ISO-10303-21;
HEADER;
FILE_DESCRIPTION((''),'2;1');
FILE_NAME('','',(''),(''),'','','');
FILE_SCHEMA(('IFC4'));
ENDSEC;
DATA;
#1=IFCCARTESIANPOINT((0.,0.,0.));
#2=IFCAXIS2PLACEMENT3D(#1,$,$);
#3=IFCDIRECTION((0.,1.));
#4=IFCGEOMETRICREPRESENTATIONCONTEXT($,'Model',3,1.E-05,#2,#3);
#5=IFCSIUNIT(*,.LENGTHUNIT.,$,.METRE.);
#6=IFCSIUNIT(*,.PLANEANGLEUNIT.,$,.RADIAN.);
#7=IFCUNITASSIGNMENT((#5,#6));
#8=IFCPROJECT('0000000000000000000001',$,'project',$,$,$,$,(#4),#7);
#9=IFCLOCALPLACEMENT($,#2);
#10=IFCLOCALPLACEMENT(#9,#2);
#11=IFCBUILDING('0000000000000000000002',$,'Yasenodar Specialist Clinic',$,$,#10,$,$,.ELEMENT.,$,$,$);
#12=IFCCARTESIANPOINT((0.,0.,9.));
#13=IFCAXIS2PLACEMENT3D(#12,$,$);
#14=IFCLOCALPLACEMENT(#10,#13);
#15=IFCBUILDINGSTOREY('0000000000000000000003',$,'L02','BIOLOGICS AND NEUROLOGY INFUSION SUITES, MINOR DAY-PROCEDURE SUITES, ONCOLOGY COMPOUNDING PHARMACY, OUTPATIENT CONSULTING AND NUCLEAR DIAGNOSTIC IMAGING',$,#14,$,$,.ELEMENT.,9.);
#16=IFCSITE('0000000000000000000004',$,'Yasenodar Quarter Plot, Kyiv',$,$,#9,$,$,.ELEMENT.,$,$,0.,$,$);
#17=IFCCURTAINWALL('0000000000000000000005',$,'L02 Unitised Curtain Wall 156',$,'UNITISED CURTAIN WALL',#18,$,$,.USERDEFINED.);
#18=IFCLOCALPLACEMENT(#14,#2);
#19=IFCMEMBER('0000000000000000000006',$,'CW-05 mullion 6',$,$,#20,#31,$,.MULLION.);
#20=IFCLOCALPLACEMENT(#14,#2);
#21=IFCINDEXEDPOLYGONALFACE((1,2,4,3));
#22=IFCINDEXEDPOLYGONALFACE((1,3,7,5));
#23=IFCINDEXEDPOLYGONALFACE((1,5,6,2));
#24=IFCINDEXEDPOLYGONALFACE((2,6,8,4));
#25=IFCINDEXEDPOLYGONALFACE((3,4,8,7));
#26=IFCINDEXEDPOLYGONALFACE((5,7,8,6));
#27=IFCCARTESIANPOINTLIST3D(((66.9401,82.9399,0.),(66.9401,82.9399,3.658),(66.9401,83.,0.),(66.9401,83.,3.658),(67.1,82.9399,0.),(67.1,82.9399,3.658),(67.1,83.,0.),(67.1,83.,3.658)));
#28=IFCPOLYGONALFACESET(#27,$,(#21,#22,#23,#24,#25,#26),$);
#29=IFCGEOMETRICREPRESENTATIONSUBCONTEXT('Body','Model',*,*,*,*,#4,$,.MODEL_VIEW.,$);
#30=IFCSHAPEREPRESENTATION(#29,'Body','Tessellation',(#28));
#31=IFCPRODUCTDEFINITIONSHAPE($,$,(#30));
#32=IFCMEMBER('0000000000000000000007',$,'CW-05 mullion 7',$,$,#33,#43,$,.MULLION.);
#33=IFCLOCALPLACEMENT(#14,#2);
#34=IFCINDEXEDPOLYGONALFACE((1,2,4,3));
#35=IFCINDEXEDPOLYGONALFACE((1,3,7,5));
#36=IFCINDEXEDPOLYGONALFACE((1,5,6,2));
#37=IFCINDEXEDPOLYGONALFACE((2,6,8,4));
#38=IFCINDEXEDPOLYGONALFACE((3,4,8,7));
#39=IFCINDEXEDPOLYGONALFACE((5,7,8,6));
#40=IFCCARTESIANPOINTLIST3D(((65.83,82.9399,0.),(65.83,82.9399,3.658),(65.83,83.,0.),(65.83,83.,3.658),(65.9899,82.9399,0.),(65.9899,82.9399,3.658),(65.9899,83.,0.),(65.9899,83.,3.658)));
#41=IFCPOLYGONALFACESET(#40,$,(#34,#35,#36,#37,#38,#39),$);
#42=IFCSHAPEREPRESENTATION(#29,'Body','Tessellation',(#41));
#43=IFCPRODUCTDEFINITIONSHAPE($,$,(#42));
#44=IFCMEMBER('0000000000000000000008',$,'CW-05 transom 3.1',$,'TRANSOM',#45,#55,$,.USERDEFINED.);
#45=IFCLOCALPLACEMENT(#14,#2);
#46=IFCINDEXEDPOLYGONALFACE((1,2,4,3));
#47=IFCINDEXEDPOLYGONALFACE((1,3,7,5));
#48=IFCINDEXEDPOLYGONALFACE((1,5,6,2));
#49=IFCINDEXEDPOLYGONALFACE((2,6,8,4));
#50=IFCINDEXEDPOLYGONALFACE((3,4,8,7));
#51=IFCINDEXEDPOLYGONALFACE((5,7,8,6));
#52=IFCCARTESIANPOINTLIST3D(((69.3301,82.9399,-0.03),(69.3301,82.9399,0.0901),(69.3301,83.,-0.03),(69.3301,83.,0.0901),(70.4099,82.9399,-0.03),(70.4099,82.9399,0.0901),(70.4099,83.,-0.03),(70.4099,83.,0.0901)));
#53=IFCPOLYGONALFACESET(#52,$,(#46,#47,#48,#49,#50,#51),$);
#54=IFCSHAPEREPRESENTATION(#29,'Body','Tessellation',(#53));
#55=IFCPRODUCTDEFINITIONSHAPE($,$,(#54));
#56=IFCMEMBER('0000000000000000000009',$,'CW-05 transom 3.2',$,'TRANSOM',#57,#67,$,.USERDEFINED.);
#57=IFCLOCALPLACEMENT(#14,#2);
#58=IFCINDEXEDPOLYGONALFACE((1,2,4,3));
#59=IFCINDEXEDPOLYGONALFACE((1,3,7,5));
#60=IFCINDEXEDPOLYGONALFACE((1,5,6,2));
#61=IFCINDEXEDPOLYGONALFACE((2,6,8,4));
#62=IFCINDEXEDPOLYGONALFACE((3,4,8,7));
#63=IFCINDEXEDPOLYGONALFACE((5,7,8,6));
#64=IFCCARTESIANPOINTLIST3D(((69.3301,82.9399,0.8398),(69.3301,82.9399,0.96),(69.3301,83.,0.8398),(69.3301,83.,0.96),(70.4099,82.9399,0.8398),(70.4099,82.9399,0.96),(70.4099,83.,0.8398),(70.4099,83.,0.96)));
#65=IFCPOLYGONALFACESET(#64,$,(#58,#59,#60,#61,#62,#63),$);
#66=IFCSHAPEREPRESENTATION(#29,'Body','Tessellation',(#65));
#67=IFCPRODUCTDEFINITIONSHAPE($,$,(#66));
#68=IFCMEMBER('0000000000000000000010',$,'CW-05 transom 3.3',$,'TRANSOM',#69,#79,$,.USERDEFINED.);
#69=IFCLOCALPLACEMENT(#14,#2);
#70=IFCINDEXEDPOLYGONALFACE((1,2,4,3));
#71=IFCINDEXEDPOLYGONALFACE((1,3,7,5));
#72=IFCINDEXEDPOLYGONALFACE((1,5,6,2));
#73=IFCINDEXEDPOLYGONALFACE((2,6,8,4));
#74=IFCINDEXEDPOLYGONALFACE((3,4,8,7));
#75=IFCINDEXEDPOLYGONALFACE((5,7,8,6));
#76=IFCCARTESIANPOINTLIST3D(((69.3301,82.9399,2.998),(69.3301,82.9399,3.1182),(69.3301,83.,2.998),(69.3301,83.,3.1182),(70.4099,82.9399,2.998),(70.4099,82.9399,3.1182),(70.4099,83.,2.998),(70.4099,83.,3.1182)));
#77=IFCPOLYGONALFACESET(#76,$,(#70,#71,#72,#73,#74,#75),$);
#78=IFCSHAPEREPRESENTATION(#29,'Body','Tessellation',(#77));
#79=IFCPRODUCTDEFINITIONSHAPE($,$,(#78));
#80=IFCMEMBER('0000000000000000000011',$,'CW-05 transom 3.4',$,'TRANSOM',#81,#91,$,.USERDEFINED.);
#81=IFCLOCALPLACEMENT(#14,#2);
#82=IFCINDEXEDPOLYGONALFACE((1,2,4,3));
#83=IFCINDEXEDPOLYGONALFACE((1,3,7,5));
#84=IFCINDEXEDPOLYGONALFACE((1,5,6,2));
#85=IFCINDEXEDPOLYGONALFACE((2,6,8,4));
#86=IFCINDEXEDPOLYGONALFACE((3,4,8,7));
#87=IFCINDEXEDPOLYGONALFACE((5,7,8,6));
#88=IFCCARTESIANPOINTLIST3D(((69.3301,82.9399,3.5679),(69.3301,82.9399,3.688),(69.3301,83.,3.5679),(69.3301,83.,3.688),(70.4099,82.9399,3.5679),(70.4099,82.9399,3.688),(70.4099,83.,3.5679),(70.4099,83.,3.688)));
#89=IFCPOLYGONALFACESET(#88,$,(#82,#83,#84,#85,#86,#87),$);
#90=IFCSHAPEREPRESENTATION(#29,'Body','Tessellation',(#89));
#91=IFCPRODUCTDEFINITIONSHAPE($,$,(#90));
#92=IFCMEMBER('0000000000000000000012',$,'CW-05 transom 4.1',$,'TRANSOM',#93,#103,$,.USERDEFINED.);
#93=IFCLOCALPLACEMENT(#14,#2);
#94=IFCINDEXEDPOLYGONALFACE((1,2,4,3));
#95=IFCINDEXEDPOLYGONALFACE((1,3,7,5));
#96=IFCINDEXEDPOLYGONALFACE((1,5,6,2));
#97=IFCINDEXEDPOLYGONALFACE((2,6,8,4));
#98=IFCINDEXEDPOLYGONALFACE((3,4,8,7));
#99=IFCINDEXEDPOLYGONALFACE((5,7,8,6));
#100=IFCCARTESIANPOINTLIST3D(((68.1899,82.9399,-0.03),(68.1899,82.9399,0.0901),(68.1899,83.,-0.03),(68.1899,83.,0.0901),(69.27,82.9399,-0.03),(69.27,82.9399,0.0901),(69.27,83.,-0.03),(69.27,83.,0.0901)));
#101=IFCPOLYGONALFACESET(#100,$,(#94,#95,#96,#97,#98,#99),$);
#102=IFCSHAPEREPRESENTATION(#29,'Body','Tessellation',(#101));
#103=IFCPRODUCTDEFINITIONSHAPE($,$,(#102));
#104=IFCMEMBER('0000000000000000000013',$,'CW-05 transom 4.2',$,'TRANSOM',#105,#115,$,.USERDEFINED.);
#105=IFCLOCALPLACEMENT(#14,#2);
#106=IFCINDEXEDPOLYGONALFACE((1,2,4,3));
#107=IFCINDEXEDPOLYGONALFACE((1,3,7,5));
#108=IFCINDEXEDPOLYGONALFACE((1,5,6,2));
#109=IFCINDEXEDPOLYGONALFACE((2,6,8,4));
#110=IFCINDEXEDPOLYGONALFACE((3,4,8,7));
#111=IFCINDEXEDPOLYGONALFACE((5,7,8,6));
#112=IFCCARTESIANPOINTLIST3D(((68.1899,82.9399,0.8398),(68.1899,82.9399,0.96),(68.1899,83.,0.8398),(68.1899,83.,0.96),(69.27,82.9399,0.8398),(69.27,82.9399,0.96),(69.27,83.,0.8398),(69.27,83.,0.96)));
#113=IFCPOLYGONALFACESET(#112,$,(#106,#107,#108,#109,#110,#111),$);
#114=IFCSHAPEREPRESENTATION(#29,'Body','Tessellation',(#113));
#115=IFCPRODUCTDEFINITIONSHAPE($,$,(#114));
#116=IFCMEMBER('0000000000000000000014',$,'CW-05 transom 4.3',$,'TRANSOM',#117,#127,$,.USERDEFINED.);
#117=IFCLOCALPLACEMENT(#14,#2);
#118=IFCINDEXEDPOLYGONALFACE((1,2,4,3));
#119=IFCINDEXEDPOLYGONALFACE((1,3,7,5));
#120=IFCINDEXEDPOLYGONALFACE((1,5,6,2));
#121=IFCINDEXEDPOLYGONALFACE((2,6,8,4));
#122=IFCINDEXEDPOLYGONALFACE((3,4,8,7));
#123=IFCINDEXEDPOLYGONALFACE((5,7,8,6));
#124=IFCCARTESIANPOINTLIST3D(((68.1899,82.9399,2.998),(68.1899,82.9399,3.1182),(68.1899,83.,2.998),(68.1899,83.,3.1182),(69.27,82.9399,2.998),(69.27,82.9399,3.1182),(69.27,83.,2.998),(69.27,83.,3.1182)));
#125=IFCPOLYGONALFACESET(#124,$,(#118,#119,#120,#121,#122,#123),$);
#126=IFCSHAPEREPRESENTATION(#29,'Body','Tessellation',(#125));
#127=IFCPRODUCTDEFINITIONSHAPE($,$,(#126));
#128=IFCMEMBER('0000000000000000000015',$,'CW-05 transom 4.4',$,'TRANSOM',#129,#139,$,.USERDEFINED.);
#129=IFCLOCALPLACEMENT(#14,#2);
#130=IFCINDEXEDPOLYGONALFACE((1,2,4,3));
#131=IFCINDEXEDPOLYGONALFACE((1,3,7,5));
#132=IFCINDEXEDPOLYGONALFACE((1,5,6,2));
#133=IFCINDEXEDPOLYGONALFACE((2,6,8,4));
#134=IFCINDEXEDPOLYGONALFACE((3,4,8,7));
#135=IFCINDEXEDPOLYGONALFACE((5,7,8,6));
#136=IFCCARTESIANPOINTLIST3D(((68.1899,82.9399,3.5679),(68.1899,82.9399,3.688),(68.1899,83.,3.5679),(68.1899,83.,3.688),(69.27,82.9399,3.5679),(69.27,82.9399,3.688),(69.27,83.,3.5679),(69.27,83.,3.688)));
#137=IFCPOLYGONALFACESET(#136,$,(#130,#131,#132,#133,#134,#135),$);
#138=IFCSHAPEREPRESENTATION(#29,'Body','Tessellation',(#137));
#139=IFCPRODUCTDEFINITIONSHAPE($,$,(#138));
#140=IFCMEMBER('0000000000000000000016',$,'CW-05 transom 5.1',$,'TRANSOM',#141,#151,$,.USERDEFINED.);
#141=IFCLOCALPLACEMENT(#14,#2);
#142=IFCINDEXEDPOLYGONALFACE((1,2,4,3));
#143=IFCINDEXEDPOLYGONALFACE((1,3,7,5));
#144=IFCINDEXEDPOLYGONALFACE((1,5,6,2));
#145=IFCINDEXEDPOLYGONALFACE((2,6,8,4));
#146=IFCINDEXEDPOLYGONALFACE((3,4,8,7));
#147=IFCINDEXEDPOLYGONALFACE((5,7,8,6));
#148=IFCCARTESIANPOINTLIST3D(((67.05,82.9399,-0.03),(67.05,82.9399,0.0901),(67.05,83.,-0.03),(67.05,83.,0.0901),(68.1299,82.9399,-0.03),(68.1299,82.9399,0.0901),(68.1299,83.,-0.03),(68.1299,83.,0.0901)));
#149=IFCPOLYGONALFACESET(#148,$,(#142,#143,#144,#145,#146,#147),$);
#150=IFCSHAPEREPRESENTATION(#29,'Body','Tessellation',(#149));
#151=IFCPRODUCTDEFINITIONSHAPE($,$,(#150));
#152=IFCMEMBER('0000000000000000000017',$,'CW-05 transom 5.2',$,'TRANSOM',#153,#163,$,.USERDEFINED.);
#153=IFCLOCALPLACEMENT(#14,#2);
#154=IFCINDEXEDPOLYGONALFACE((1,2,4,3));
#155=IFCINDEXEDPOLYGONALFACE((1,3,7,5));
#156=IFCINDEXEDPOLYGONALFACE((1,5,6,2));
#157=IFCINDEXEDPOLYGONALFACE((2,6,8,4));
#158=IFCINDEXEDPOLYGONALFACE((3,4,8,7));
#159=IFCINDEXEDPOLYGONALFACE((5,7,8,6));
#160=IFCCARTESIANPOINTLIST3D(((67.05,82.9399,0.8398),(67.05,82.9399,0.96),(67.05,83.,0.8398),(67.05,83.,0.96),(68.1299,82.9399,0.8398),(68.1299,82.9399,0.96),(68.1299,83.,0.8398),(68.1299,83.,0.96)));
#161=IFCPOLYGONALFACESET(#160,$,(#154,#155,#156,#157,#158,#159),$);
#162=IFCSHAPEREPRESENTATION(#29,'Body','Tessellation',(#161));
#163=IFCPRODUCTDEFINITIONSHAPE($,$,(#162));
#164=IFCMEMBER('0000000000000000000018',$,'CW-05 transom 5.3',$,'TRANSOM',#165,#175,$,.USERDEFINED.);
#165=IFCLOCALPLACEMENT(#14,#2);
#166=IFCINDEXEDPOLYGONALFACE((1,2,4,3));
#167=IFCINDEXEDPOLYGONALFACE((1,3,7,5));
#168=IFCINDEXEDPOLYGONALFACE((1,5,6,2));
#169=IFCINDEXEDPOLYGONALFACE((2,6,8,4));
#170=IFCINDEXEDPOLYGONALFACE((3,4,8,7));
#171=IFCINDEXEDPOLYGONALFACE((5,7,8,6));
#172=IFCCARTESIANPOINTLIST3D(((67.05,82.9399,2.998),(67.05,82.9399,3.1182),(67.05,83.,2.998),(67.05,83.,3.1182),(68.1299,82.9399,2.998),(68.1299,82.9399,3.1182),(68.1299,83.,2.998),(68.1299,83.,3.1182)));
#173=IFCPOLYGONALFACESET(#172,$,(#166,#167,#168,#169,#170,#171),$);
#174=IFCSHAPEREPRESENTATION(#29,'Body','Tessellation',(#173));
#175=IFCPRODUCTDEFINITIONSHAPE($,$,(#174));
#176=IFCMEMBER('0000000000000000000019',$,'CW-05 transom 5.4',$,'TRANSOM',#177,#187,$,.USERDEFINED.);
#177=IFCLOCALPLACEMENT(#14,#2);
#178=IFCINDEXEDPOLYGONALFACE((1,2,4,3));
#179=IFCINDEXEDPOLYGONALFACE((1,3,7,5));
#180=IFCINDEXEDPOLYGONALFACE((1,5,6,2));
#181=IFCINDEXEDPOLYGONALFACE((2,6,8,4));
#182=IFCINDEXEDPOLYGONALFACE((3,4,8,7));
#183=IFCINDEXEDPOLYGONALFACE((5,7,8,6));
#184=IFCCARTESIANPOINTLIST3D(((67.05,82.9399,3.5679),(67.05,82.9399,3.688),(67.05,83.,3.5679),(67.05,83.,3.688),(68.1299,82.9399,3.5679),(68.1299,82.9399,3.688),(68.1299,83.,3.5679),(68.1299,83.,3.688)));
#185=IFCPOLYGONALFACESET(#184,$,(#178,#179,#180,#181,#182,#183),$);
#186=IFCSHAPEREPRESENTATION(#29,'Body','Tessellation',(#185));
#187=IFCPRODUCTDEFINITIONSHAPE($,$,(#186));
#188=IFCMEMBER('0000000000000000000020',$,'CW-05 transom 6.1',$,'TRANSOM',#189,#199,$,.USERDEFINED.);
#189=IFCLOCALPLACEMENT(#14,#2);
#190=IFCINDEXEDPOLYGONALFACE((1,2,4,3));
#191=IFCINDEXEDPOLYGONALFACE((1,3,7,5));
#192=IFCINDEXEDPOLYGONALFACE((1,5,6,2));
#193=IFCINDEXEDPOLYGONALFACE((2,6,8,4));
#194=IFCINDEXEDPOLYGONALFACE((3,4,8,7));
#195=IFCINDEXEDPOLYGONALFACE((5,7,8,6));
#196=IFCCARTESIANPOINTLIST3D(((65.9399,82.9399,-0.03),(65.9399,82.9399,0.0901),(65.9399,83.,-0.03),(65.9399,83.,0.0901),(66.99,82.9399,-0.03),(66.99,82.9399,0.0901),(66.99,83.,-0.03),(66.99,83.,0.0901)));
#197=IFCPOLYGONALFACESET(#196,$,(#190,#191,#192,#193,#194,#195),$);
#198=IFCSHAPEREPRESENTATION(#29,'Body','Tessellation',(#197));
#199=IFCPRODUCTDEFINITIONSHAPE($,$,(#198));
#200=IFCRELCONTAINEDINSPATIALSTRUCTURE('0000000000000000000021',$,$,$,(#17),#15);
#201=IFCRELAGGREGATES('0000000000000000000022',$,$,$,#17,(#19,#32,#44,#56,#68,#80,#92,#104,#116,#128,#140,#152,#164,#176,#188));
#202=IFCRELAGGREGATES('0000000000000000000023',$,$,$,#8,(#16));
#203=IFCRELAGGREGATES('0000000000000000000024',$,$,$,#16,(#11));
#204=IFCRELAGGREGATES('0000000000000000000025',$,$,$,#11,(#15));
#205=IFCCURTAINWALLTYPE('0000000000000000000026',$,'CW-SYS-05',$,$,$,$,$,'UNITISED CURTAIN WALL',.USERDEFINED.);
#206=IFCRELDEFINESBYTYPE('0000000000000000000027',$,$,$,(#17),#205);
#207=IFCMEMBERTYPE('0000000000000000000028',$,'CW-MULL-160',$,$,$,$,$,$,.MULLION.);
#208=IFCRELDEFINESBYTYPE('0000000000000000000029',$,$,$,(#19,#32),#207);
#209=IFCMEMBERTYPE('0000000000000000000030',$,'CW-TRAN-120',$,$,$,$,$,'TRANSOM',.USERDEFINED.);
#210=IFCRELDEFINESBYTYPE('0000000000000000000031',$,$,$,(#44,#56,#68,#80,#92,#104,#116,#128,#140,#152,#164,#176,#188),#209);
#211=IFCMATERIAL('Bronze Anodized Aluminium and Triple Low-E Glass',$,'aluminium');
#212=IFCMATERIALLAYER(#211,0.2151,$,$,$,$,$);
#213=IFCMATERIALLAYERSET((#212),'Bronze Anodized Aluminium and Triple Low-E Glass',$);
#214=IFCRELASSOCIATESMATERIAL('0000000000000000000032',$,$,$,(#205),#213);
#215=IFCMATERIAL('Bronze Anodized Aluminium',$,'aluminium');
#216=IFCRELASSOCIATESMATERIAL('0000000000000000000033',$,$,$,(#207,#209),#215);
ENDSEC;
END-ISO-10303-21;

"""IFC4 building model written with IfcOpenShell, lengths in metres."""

from ifc_helpers import new_model, si_unit, direction, frame, origin, origin_2d, place, context, subcontext, project, spatial, rectangle, extrude, material, layer, layer_set, material_profile, profile_set, type_object, element, aggregate, save


model = new_model("IFC4")

# Units and contexts
model_context = context("Model", 3, precision=1e-05, world=origin(), true_north=direction((0.0, 1.0)))
body_context = subcontext(model_context, "Body", "Model", "MODEL_VIEW")
ifc_project = project(units=[si_unit("LENGTHUNIT", "METRE"), si_unit("PLANEANGLEUNIT", "RADIAN")], contexts=[model_context])

# Site, building, storey
site_placement = place(None, origin())
site = spatial("IfcSite", under=ifc_project, at=site_placement, Name="Yasenodar Quarter Plot, Kyiv", CompositionType="ELEMENT", RefElevation=0.0)
building_placement = place(site_placement, origin())
building = spatial("IfcBuilding", under=site, at=building_placement, Name="Yasenodar Specialist Clinic", CompositionType="ELEMENT")
storey_placement = place(building_placement, frame((0.0, 0.0, 9.0)))
storey = spatial("IfcBuildingStorey", under=building, at=storey_placement, Name="L02", Description="BIOLOGICS AND NEUROLOGY INFUSION SUITES, MINOR DAY-PROCEDURE SUITES, ONCOLOGY COMPOUNDING PHARMACY, OUTPATIENT CONSULTING AND NUCLEAR DIAGNOSTIC IMAGING", CompositionType="ELEMENT", Elevation=9.0)

# Curtain wall, members
ifc_material_1 = material(Name="Bronze Anodized Aluminium and Triple Low-E Glass", Category="aluminium")
ifc_layer_1 = layer(ifc_material_1, 0.2151)
ifc_layer_set_1 = layer_set([ifc_layer_1], Name="Bronze Anodized Aluminium and Triple Low-E Glass")
curtain_wall_type = type_object("IfcCurtainWallType", Name="CW-SYS-05", ElementType="UNITISED CURTAIN WALL", PredefinedType="USERDEFINED", material=ifc_layer_set_1)
curtain_wall_placement = place(storey_placement, origin())
curtain_wall = element("IfcCurtainWall", 1, at=curtain_wall_placement, inside=storey, type_object=curtain_wall_type, Name="L02 Unitised Curtain Wall 156", ObjectType="UNITISED CURTAIN WALL", PredefinedType="USERDEFINED")
ifc_material_2 = material(Name="Bronze Anodized Aluminium", Category="aluminium")
ifc_material_profile_1 = material_profile(ifc_material_2, rectangle(XDim=0.0601, YDim=0.1599, at=origin_2d()), Name="CW-MULL 60x160")
ifc_profile_set_1 = profile_set([ifc_material_profile_1], Name="Bronze Anodized Aluminium")
member_type_1 = type_object("IfcMemberType", Name="CW-MULL-160", PredefinedType="MULLION", material=ifc_profile_set_1)
member_1_placement = place(storey_placement, frame((67.02, 82.97, 0.0), z_axis=(0.0, 0.0, 1.0), x_axis=(0.0, -1.0, 0.0)))
member_1 = element("IfcMember", 2, at=member_1_placement, type_object=member_type_1, Name="CW-05 mullion 6", PredefinedType="MULLION", context=body_context, shape_type="SweptSolid", body=[
    extrude(rectangle(XDim=0.0601, YDim=0.1599, at=origin_2d()), origin(), (0.0, 0.0, 1.0), 3.658),
])
member_2_placement = place(storey_placement, frame((65.9099, 82.97, 0.0), z_axis=(0.0, 0.0, 1.0), x_axis=(0.0, -1.0, 0.0)))
member_2 = element("IfcMember", 3, at=member_2_placement, type_object=member_type_1, Name="CW-05 mullion 7", PredefinedType="MULLION", context=body_context, shape_type="SweptSolid", body=[
    extrude(rectangle(XDim=0.0601, YDim=0.1599, at=origin_2d()), origin(), (0.0, 0.0, 1.0), 3.658),
])
ifc_material_profile_2 = material_profile(ifc_material_2, rectangle(XDim=0.0601, YDim=0.1201, at=origin_2d()), Name="CW-TRAN 60x120")
ifc_profile_set_2 = profile_set([ifc_material_profile_2], Name="Bronze Anodized Aluminium")
member_type_2 = type_object("IfcMemberType", Name="CW-TRAN-120", ElementType="TRANSOM", PredefinedType="USERDEFINED", material=ifc_profile_set_2)
member_3_placement = place(storey_placement, frame((70.4099, 82.97, 0.03), z_axis=(-1.0, 0.0, 0.0), x_axis=(0.0, -1.0, 0.0)))
member_3 = element("IfcMember", 4, at=member_3_placement, type_object=member_type_2, Name="CW-05 transom 3.1", ObjectType="TRANSOM", PredefinedType="USERDEFINED", context=body_context, shape_type="SweptSolid", body=[
    extrude(rectangle(XDim=0.0601, YDim=0.1201, at=origin_2d()), origin(), (0.0, 0.0, 1.0), 1.0798),
])
member_4_placement = place(storey_placement, frame((70.4099, 82.97, 0.8999), z_axis=(-1.0, 0.0, 0.0), x_axis=(0.0, -1.0, 0.0)))
member_4 = element("IfcMember", 5, at=member_4_placement, type_object=member_type_2, Name="CW-05 transom 3.2", ObjectType="TRANSOM", PredefinedType="USERDEFINED", context=body_context, shape_type="SweptSolid", body=[
    extrude(rectangle(XDim=0.0601, YDim=0.1201, at=origin_2d()), origin(), (0.0, 0.0, 1.0), 1.0798),
])
member_5_placement = place(storey_placement, frame((70.4099, 82.97, 3.0581), z_axis=(-1.0, 0.0, 0.0), x_axis=(0.0, -1.0, 0.0)))
member_5 = element("IfcMember", 6, at=member_5_placement, type_object=member_type_2, Name="CW-05 transom 3.3", ObjectType="TRANSOM", PredefinedType="USERDEFINED", context=body_context, shape_type="SweptSolid", body=[
    extrude(rectangle(XDim=0.0601, YDim=0.1201, at=origin_2d()), origin(), (0.0, 0.0, 1.0), 1.0798),
])
member_6_placement = place(storey_placement, frame((70.4099, 82.97, 3.6279), z_axis=(-1.0, 0.0, 0.0), x_axis=(0.0, -1.0, 0.0)))
member_6 = element("IfcMember", 7, at=member_6_placement, type_object=member_type_2, Name="CW-05 transom 3.4", ObjectType="TRANSOM", PredefinedType="USERDEFINED", context=body_context, shape_type="SweptSolid", body=[
    extrude(rectangle(XDim=0.0601, YDim=0.1201, at=origin_2d()), origin(), (0.0, 0.0, 1.0), 1.0798),
])
member_7_placement = place(storey_placement, frame((69.27, 82.97, 0.03), z_axis=(-1.0, 0.0, 0.0), x_axis=(0.0, -1.0, 0.0)))
member_7 = element("IfcMember", 8, at=member_7_placement, type_object=member_type_2, Name="CW-05 transom 4.1", ObjectType="TRANSOM", PredefinedType="USERDEFINED", context=body_context, shape_type="SweptSolid", body=[
    extrude(rectangle(XDim=0.0601, YDim=0.1201, at=origin_2d()), origin(), (0.0, 0.0, 1.0), 1.0801),
])
member_8_placement = place(storey_placement, frame((69.27, 82.97, 0.8999), z_axis=(-1.0, 0.0, 0.0), x_axis=(0.0, -1.0, 0.0)))
member_8 = element("IfcMember", 9, at=member_8_placement, type_object=member_type_2, Name="CW-05 transom 4.2", ObjectType="TRANSOM", PredefinedType="USERDEFINED", context=body_context, shape_type="SweptSolid", body=[
    extrude(rectangle(XDim=0.0601, YDim=0.1201, at=origin_2d()), origin(), (0.0, 0.0, 1.0), 1.0801),
])
member_9_placement = place(storey_placement, frame((69.27, 82.97, 3.0581), z_axis=(-1.0, 0.0, 0.0), x_axis=(0.0, -1.0, 0.0)))
member_9 = element("IfcMember", 10, at=member_9_placement, type_object=member_type_2, Name="CW-05 transom 4.3", ObjectType="TRANSOM", PredefinedType="USERDEFINED", context=body_context, shape_type="SweptSolid", body=[
    extrude(rectangle(XDim=0.0601, YDim=0.1201, at=origin_2d()), origin(), (0.0, 0.0, 1.0), 1.0801),
])
member_10_placement = place(storey_placement, frame((69.27, 82.97, 3.6279), z_axis=(-1.0, 0.0, 0.0), x_axis=(0.0, -1.0, 0.0)))
member_10 = element("IfcMember", 11, at=member_10_placement, type_object=member_type_2, Name="CW-05 transom 4.4", ObjectType="TRANSOM", PredefinedType="USERDEFINED", context=body_context, shape_type="SweptSolid", body=[
    extrude(rectangle(XDim=0.0601, YDim=0.1201, at=origin_2d()), origin(), (0.0, 0.0, 1.0), 1.0801),
])
member_11_placement = place(storey_placement, frame((68.1299, 82.97, 0.03), z_axis=(-1.0, 0.0, 0.0), x_axis=(0.0, -1.0, 0.0)))
member_11 = element("IfcMember", 12, at=member_11_placement, type_object=member_type_2, Name="CW-05 transom 5.1", ObjectType="TRANSOM", PredefinedType="USERDEFINED", context=body_context, shape_type="SweptSolid", body=[
    extrude(rectangle(XDim=0.0601, YDim=0.1201, at=origin_2d()), origin(), (0.0, 0.0, 1.0), 1.0798),
])
member_12_placement = place(storey_placement, frame((68.1299, 82.97, 0.8999), z_axis=(-1.0, 0.0, 0.0), x_axis=(0.0, -1.0, 0.0)))
member_12 = element("IfcMember", 13, at=member_12_placement, type_object=member_type_2, Name="CW-05 transom 5.2", ObjectType="TRANSOM", PredefinedType="USERDEFINED", context=body_context, shape_type="SweptSolid", body=[
    extrude(rectangle(XDim=0.0601, YDim=0.1201, at=origin_2d()), origin(), (0.0, 0.0, 1.0), 1.0798),
])
member_13_placement = place(storey_placement, frame((68.1299, 82.97, 3.0581), z_axis=(-1.0, 0.0, 0.0), x_axis=(0.0, -1.0, 0.0)))
member_13 = element("IfcMember", 14, at=member_13_placement, type_object=member_type_2, Name="CW-05 transom 5.3", ObjectType="TRANSOM", PredefinedType="USERDEFINED", context=body_context, shape_type="SweptSolid", body=[
    extrude(rectangle(XDim=0.0601, YDim=0.1201, at=origin_2d()), origin(), (0.0, 0.0, 1.0), 1.0798),
])
member_14_placement = place(storey_placement, frame((68.1299, 82.97, 3.6279), z_axis=(-1.0, 0.0, 0.0), x_axis=(0.0, -1.0, 0.0)))
member_14 = element("IfcMember", 15, at=member_14_placement, type_object=member_type_2, Name="CW-05 transom 5.4", ObjectType="TRANSOM", PredefinedType="USERDEFINED", context=body_context, shape_type="SweptSolid", body=[
    extrude(rectangle(XDim=0.0601, YDim=0.1201, at=origin_2d()), origin(), (0.0, 0.0, 1.0), 1.0798),
])
member_15_placement = place(storey_placement, frame((66.99, 82.97, 0.03), z_axis=(-1.0, 0.0, 0.0), x_axis=(0.0, -1.0, 0.0)))
member_15 = element("IfcMember", 16, at=member_15_placement, type_object=member_type_2, Name="CW-05 transom 6.1", ObjectType="TRANSOM", PredefinedType="USERDEFINED", context=body_context, shape_type="SweptSolid", body=[
    extrude(rectangle(XDim=0.0601, YDim=0.1201, at=origin_2d()), origin(), (0.0, 0.0, 1.0), 1.05),
])
aggregate(curtain_wall, [member_1, member_2, member_3, member_4, member_5, member_6, member_7, member_8, member_9, member_10, member_11, member_12, member_13, member_14, member_15])

save(model, "model.ifc")
